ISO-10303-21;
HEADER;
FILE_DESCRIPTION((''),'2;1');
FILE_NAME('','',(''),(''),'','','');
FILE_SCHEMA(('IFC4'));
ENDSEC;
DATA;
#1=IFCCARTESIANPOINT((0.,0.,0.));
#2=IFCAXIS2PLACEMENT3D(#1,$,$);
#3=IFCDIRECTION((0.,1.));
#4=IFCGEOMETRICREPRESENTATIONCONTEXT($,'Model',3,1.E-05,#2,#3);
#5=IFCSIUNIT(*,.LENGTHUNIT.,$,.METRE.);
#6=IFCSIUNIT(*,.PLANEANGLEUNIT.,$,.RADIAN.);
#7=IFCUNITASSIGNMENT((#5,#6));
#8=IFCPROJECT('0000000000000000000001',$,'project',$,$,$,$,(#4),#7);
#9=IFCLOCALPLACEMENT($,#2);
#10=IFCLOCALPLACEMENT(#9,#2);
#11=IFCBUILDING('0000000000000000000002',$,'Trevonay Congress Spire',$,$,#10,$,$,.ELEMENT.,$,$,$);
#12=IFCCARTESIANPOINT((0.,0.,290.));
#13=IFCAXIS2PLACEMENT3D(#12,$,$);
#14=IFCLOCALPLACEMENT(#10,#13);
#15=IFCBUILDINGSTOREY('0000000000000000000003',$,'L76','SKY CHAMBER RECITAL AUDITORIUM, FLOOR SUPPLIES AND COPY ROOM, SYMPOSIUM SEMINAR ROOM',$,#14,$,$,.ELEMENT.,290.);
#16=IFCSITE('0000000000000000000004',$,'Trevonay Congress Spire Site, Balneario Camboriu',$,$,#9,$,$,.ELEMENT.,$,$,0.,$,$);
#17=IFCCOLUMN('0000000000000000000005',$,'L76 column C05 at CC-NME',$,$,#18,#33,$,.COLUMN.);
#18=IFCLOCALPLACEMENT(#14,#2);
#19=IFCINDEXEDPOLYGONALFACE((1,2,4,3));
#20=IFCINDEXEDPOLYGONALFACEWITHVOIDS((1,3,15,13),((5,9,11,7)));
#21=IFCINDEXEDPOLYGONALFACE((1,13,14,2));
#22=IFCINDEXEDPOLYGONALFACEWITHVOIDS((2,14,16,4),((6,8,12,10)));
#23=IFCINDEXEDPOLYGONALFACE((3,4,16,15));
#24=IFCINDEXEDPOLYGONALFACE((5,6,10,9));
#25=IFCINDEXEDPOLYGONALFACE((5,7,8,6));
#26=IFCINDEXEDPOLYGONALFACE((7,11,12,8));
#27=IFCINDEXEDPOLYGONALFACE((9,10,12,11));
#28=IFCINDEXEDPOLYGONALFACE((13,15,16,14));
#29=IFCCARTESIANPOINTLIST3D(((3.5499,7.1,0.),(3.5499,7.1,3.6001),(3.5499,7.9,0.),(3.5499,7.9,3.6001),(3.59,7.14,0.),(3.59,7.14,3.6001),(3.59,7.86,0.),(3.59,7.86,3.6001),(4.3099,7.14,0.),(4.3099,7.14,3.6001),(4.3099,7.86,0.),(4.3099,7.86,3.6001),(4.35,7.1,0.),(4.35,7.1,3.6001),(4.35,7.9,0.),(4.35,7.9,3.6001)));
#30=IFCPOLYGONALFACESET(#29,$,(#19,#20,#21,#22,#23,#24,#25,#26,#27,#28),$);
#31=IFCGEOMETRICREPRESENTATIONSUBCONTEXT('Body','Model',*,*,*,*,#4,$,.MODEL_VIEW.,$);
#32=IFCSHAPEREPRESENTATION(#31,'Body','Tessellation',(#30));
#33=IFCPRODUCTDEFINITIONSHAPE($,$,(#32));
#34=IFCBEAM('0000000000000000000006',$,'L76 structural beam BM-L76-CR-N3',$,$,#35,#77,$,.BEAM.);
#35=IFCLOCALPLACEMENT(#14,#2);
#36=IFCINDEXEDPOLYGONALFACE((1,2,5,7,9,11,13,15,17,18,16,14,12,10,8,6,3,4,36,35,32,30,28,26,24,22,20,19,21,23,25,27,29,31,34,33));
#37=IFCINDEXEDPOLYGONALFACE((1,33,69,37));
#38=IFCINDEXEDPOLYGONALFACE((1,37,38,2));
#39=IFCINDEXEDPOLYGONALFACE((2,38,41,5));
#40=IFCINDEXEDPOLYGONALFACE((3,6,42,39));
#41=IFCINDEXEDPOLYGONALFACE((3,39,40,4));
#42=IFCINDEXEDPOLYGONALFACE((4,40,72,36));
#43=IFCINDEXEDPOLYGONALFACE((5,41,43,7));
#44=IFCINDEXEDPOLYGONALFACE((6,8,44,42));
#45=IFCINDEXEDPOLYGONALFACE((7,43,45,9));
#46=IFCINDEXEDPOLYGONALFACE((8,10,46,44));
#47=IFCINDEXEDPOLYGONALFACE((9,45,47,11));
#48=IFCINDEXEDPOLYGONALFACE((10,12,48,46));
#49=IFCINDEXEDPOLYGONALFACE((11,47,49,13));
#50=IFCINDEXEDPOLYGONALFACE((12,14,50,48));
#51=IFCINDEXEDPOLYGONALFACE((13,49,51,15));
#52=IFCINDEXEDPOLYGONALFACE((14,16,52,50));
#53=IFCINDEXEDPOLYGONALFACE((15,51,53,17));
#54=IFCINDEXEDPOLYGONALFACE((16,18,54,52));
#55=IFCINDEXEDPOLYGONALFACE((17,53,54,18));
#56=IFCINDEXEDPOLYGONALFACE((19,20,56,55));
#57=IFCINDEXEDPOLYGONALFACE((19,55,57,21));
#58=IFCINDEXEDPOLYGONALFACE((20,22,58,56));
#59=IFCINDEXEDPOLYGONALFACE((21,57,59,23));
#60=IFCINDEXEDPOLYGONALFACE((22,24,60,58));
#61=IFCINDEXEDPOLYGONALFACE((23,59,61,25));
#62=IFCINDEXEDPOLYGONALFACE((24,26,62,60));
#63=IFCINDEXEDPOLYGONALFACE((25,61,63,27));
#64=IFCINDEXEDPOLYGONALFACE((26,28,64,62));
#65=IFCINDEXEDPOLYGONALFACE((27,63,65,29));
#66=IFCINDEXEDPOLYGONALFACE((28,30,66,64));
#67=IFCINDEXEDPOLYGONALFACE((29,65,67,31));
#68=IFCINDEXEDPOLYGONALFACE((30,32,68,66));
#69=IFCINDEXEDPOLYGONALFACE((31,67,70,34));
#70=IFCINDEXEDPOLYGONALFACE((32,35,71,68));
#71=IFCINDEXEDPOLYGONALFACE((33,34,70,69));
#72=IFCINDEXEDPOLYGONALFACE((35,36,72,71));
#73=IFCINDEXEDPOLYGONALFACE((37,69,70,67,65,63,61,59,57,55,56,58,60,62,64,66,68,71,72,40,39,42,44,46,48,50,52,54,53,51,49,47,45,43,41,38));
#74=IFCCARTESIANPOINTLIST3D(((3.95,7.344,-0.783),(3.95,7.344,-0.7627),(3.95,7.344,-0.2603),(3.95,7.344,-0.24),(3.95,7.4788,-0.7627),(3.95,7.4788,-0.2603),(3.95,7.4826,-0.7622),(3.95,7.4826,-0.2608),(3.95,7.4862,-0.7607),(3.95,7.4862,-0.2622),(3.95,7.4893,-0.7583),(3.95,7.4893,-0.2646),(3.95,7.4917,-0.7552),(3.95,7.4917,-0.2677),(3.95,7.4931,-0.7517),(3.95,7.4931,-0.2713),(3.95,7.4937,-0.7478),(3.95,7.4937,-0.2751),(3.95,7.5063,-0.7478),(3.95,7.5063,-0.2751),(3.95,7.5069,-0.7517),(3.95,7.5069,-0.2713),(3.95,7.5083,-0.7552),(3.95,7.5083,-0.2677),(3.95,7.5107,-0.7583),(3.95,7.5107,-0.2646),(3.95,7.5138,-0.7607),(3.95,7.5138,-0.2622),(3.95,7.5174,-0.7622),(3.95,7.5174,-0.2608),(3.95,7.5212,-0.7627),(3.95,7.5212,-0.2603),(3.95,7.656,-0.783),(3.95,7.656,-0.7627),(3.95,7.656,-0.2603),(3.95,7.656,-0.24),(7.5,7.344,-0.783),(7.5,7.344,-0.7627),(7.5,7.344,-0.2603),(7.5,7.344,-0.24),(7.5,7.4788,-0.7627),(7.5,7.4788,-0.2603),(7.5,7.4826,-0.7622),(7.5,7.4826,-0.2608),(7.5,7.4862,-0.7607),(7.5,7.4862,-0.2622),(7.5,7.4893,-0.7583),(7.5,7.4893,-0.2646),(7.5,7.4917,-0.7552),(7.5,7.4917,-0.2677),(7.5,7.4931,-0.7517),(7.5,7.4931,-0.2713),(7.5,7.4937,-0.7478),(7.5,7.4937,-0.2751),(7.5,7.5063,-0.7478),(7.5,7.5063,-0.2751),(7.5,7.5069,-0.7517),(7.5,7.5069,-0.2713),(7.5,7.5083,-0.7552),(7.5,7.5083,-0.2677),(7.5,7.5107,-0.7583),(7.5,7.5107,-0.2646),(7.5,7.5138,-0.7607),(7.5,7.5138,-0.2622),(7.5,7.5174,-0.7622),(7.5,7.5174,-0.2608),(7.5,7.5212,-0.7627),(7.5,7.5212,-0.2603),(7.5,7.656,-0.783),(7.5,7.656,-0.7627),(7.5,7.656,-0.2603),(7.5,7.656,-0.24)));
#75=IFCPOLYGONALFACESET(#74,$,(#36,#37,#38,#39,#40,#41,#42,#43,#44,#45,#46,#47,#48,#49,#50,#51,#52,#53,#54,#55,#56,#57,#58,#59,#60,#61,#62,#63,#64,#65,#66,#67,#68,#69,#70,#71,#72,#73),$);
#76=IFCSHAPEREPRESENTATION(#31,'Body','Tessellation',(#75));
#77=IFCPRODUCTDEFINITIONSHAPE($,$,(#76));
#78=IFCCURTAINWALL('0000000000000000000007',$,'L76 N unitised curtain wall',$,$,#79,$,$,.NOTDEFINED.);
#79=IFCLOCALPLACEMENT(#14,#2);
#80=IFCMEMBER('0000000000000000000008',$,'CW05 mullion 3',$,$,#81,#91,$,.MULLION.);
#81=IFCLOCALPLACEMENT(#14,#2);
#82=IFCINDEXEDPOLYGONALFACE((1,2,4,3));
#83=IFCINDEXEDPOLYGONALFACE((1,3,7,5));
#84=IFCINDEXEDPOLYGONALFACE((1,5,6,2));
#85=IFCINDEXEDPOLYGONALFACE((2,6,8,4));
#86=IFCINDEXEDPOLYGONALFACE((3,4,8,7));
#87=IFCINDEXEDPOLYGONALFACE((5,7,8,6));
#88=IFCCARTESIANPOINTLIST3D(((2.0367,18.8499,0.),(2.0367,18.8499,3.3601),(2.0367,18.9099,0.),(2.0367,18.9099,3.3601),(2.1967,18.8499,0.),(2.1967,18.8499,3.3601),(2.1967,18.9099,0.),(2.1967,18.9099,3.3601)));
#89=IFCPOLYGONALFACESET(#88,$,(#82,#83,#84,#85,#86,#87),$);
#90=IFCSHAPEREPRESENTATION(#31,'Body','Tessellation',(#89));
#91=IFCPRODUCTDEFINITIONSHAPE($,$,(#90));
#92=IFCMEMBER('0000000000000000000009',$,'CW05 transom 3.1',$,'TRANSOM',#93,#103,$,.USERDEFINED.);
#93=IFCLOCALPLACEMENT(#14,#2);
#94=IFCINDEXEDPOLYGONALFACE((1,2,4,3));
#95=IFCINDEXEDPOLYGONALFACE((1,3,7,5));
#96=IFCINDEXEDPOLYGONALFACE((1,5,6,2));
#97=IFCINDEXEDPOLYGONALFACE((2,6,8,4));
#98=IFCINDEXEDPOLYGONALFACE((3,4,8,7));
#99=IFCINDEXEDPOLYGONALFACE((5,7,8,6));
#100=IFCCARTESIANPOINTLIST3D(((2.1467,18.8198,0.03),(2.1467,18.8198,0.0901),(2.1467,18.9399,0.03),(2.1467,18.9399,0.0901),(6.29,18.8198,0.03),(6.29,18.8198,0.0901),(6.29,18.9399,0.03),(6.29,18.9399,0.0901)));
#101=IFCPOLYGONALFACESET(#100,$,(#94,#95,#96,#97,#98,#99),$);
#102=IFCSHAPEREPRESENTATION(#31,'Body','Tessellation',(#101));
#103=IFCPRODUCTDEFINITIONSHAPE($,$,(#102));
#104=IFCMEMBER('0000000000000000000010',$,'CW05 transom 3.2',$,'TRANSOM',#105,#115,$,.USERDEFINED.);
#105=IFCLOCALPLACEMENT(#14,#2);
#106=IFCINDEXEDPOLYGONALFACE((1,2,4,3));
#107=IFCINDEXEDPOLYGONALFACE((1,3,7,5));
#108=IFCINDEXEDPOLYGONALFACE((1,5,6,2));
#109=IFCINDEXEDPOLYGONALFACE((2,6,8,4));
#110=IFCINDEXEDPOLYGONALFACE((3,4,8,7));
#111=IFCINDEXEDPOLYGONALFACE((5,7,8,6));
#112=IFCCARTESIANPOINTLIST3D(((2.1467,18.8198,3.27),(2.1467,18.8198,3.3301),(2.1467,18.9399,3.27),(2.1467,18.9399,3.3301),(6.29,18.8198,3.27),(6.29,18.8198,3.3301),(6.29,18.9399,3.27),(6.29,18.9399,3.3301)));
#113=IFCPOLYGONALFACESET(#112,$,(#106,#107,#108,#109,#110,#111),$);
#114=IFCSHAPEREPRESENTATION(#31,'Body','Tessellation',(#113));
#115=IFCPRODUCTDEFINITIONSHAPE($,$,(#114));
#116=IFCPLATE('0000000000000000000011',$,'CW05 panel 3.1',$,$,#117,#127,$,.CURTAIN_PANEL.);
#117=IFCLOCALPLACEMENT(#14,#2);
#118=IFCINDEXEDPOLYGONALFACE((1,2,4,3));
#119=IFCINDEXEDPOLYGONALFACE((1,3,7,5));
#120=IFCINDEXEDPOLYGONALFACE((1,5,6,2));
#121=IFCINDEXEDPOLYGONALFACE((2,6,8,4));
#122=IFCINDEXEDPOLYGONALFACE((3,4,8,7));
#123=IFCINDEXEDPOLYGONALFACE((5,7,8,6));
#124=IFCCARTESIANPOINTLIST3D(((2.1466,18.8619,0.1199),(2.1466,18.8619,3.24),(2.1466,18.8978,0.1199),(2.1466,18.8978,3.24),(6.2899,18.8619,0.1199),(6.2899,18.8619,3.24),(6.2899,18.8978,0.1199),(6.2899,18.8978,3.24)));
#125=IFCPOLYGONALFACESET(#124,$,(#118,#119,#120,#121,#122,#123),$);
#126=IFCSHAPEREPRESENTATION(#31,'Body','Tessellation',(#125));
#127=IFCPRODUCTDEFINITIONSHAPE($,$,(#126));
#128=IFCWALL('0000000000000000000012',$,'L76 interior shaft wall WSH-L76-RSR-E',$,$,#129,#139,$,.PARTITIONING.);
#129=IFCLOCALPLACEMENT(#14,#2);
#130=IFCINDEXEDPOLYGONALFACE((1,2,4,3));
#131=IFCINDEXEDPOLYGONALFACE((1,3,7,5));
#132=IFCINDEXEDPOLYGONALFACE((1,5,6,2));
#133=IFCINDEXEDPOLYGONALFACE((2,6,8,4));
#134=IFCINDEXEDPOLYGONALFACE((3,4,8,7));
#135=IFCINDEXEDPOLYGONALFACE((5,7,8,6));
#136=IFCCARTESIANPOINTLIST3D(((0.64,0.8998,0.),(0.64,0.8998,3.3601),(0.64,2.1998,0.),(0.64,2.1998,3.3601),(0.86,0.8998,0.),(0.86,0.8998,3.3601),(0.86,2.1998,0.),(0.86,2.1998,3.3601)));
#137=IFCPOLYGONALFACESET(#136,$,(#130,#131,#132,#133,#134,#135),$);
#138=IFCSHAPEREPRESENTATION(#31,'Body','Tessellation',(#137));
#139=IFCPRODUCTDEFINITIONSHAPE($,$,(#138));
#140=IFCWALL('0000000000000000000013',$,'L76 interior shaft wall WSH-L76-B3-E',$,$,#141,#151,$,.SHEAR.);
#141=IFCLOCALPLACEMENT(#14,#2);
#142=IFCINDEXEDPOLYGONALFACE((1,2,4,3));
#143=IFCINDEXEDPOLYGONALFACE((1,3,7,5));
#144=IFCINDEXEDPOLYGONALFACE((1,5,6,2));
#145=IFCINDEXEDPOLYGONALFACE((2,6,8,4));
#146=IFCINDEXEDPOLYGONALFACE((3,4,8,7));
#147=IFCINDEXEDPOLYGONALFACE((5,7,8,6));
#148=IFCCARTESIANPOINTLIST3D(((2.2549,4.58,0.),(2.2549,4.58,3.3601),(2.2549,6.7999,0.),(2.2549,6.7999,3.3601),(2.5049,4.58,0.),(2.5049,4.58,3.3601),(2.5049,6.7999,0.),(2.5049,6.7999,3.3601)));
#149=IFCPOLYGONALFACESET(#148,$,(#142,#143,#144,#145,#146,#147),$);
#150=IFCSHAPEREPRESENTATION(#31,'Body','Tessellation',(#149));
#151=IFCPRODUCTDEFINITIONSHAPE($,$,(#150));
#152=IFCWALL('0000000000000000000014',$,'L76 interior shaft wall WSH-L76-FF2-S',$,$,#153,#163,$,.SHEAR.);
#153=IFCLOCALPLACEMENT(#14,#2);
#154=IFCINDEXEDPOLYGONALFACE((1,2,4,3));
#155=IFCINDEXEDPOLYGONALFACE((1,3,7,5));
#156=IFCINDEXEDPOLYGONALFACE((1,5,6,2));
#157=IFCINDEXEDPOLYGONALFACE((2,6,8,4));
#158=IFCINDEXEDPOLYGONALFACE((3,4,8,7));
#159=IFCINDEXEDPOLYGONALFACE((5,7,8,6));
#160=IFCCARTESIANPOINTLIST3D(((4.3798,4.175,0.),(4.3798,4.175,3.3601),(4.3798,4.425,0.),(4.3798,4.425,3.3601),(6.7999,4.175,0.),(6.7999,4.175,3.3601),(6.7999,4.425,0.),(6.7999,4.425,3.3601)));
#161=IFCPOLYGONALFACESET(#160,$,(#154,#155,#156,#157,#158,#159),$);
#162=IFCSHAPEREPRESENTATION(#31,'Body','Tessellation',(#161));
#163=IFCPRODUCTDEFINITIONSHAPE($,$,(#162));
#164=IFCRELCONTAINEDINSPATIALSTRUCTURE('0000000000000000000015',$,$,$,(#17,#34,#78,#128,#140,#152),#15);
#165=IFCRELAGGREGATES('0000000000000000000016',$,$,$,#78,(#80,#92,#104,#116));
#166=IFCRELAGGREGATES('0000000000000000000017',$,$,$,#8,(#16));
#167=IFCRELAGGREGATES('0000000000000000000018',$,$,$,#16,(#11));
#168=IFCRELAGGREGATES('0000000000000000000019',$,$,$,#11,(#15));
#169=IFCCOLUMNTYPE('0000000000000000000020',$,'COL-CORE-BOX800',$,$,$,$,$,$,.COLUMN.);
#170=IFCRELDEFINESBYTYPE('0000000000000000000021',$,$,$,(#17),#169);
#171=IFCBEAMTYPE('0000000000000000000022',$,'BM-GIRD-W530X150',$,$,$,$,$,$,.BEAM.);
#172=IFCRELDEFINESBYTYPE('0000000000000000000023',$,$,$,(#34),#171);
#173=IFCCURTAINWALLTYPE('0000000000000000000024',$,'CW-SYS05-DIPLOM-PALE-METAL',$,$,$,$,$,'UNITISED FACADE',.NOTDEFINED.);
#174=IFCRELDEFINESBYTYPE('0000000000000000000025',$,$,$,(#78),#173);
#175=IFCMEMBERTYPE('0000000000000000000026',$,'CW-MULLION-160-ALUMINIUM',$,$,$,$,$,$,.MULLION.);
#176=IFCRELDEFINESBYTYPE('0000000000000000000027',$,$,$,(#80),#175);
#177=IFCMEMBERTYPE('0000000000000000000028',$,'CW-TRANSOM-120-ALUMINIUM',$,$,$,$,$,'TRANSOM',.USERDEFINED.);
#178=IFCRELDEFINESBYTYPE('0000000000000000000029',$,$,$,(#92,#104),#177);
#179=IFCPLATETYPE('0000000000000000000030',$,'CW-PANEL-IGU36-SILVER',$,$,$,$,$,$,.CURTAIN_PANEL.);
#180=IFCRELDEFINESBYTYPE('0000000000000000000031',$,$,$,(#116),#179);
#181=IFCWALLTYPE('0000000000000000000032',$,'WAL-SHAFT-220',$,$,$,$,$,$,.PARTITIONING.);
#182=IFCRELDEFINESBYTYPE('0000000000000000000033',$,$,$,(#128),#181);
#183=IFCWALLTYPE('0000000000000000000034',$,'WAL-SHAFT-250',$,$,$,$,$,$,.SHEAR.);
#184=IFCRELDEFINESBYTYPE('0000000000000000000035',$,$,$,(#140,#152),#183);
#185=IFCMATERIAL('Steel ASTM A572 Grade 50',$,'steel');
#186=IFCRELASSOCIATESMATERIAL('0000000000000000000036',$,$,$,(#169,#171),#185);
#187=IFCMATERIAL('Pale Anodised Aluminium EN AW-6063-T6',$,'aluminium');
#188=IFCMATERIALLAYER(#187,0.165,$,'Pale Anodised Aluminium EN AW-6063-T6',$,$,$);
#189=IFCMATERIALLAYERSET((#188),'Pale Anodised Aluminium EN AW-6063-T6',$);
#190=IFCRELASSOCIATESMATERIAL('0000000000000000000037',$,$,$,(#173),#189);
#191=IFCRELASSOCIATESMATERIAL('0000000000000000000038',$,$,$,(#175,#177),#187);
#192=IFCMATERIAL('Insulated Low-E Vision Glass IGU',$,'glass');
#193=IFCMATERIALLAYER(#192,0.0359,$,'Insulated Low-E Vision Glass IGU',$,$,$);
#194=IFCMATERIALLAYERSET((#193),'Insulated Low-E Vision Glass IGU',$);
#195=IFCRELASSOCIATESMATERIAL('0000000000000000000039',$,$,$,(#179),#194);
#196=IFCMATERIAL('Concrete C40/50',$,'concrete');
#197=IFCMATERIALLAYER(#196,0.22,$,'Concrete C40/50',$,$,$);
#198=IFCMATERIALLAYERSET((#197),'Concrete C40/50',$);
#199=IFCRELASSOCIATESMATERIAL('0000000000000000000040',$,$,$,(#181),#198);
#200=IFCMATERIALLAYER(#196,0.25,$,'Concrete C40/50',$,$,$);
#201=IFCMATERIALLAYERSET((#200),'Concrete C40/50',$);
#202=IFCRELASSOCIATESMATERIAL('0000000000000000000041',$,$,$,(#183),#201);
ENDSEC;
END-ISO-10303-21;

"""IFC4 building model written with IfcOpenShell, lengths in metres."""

from ifc_helpers import new_model, si_unit, direction, frame, frame_2d, origin, origin_2d, place, context, subcontext, project, spatial, rectangle, hollow_rectangle, i_section, extrude, material, layer, layer_set, material_profile, profile_set, type_object, element, aggregate, save


model = new_model("IFC4")

# Units and contexts
model_context = context("Model", 3, precision=1e-05, world=origin(), true_north=direction((0.0, 1.0)))
body_context = subcontext(model_context, "Body", "Model", "MODEL_VIEW")
ifc_project = project(units=[si_unit("LENGTHUNIT", "METRE"), si_unit("PLANEANGLEUNIT", "RADIAN")], contexts=[model_context])

# Site, building, storey
site_placement = place(None, origin())
site = spatial("IfcSite", under=ifc_project, at=site_placement, Name="Trevonay Congress Spire Site, Balneario Camboriu", CompositionType="ELEMENT", RefElevation=0.0)
building_placement = place(site_placement, origin())
building = spatial("IfcBuilding", under=site, at=building_placement, Name="Trevonay Congress Spire", CompositionType="ELEMENT")
storey_placement = place(building_placement, frame((0.0, 0.0, 290.0)))
storey = spatial("IfcBuildingStorey", under=building, at=storey_placement, Name="L76", Description="SKY CHAMBER RECITAL AUDITORIUM, FLOOR SUPPLIES AND COPY ROOM, SYMPOSIUM SEMINAR ROOM", CompositionType="ELEMENT", Elevation=290.0)

# Column
ifc_material_1 = material(Name="Steel ASTM A572 Grade 50", Category="steel")
ifc_material_profile_1 = material_profile(ifc_material_1, hollow_rectangle(XDim=0.8, YDim=0.8, WallThickness=0.04, at=origin_2d()), Name="BOX 800x800x40")
ifc_profile_set_1 = profile_set([ifc_material_profile_1], Name="Steel ASTM A572 Grade 50")
column_type = type_object("IfcColumnType", Name="COL-CORE-BOX800", PredefinedType="COLUMN", material=ifc_profile_set_1)
column_placement = place(storey_placement, frame((3.95, 7.5, 0.0), z_axis=(0.0, 0.0, 1.0), x_axis=(1.0, 0.0, 0.0)))
element("IfcColumn", 1, at=column_placement, inside=storey, type_object=column_type, Name="L76 column C05 at CC-NME", PredefinedType="COLUMN", context=body_context, shape_type="SweptSolid", body=[
    extrude(hollow_rectangle(XDim=0.8, YDim=0.8, WallThickness=0.04, at=origin_2d()), origin(), (0.0, 0.0, 1.0), 3.6001),
])

# Beam
ifc_material_profile_2 = material_profile(ifc_material_1, i_section(OverallWidth=0.312, OverallDepth=0.543, WebThickness=0.0127, FlangeThickness=0.0203, FilletRadius=0.0149, at=origin_2d()), Name="W530x150")
ifc_profile_set_2 = profile_set([ifc_material_profile_2], Name="Steel ASTM A572 Grade 50")
beam_type = type_object("IfcBeamType", Name="BM-GIRD-W530X150", PredefinedType="BEAM", material=ifc_profile_set_2)
beam_placement = place(storey_placement, frame((3.95, 7.5, -0.5115), z_axis=(1.0, 0.0, 0.0), x_axis=(0.0, 1.0, 0.0)))
element("IfcBeam", 2, at=beam_placement, inside=storey, type_object=beam_type, Name="L76 structural beam BM-L76-CR-N3", PredefinedType="BEAM", context=body_context, shape_type="SweptSolid", body=[
    extrude(i_section(OverallWidth=0.312, OverallDepth=0.543, WebThickness=0.0127, FlangeThickness=0.0203, FilletRadius=0.0149, at=origin_2d()), origin(), (0.0, 0.0, 1.0), 3.55),
])

# Curtain wall, members, plate
ifc_material_2 = material(Name="Pale Anodised Aluminium EN AW-6063-T6", Category="aluminium")
ifc_layer_1 = layer(ifc_material_2, 0.165, Name="Pale Anodised Aluminium EN AW-6063-T6")
ifc_layer_set_1 = layer_set([ifc_layer_1], Name="Pale Anodised Aluminium EN AW-6063-T6")
curtain_wall_type = type_object("IfcCurtainWallType", Name="CW-SYS05-DIPLOM-PALE-METAL", ElementType="UNITISED FACADE", PredefinedType="NOTDEFINED", material=ifc_layer_set_1)
curtain_wall_placement = place(storey_placement, origin())
curtain_wall = element("IfcCurtainWall", 3, at=curtain_wall_placement, inside=storey, type_object=curtain_wall_type, Name="L76 N unitised curtain wall", PredefinedType="NOTDEFINED")
ifc_material_profile_3 = material_profile(ifc_material_2, rectangle(XDim=0.0601, YDim=0.1599, at=origin_2d()), Name="CW-MULLION-160-ALUMINIUM")
ifc_profile_set_3 = profile_set([ifc_material_profile_3], Name="Pale Anodised Aluminium EN AW-6063-T6")
member_type_1 = type_object("IfcMemberType", Name="CW-MULLION-160-ALUMINIUM", PredefinedType="MULLION", material=ifc_profile_set_3)
member_1_placement = place(storey_placement, frame((2.1167, 18.8799, 0.0), z_axis=(0.0, 0.0, 1.0), x_axis=(0.0, 1.0, 0.0)))
member_1 = element("IfcMember", 4, at=member_1_placement, type_object=member_type_1, Name="CW05 mullion 3", PredefinedType="MULLION", context=body_context, shape_type="SweptSolid", body=[
    extrude(rectangle(XDim=0.0601, YDim=0.1599, at=origin_2d()), origin(), (0.0, 0.0, 1.0), 3.3601),
])
ifc_material_profile_4 = material_profile(ifc_material_2, rectangle(XDim=0.1201, YDim=0.0601, at=origin_2d()), Name="CW-TRANSOM-120-ALUMINIUM")
ifc_profile_set_4 = profile_set([ifc_material_profile_4], Name="Pale Anodised Aluminium EN AW-6063-T6")
member_type_2 = type_object("IfcMemberType", Name="CW-TRANSOM-120-ALUMINIUM", ElementType="TRANSOM", PredefinedType="USERDEFINED", material=ifc_profile_set_4)
member_2_placement = place(storey_placement, frame((2.1467, 18.8799, 0.0601), z_axis=(1.0, 0.0, 0.0), x_axis=(0.0, 1.0, 0.0)))
member_2 = element("IfcMember", 5, at=member_2_placement, type_object=member_type_2, Name="CW05 transom 3.1", ObjectType="TRANSOM", PredefinedType="USERDEFINED", context=body_context, shape_type="SweptSolid", body=[
    extrude(rectangle(XDim=0.1201, YDim=0.0601, at=origin_2d()), origin(), (0.0, 0.0, 1.0), 4.1433),
])
member_3_placement = place(storey_placement, frame((2.1467, 18.8799, 3.3), z_axis=(1.0, 0.0, 0.0), x_axis=(0.0, 1.0, 0.0)))
member_3 = element("IfcMember", 6, at=member_3_placement, type_object=member_type_2, Name="CW05 transom 3.2", ObjectType="TRANSOM", PredefinedType="USERDEFINED", context=body_context, shape_type="SweptSolid", body=[
    extrude(rectangle(XDim=0.1201, YDim=0.0601, at=origin_2d()), origin(), (0.0, 0.0, 1.0), 4.1433),
])
ifc_material_3 = material(Name="Insulated Low-E Vision Glass IGU", Category="glass")
ifc_layer_2 = layer(ifc_material_3, 0.0359, Name="Insulated Low-E Vision Glass IGU")
ifc_layer_set_2 = layer_set([ifc_layer_2], Name="Insulated Low-E Vision Glass IGU")
plate_type = type_object("IfcPlateType", Name="CW-PANEL-IGU36-SILVER", PredefinedType="CURTAIN_PANEL", material=ifc_layer_set_2)
plate_placement = place(storey_placement, frame((4.2183, 18.8799, 0.1199), z_axis=(0.0, 0.0, 1.0), x_axis=(1.0, 0.0, 0.0)))
plate = element("IfcPlate", 7, at=plate_placement, type_object=plate_type, Name="CW05 panel 3.1", PredefinedType="CURTAIN_PANEL", context=body_context, shape_type="SweptSolid", body=[
    extrude(rectangle(XDim=4.1433, YDim=0.0359, at=origin_2d()), origin(), (0.0, 0.0, 1.0), 3.1201),
])
aggregate(curtain_wall, [member_1, member_2, member_3, plate])

# Walls
ifc_material_4 = material(Name="Concrete C40/50", Category="concrete")
ifc_layer_3 = layer(ifc_material_4, 0.22, Name="Concrete C40/50")
ifc_layer_set_3 = layer_set([ifc_layer_3], Name="Concrete C40/50")
wall_type_1 = type_object("IfcWallType", Name="WAL-SHAFT-220", PredefinedType="PARTITIONING", material=ifc_layer_set_3)
wall_1_placement = place(storey_placement, frame((0.75, 0.8999, 0.0), z_axis=(0.0, 0.0, 1.0), x_axis=(0.0, 1.0, 0.0)))
element("IfcWall", 8, at=wall_1_placement, inside=storey, type_object=wall_type_1, Name="L76 interior shaft wall WSH-L76-RSR-E", PredefinedType="PARTITIONING", context=body_context, shape_type="SweptSolid", body=[
    extrude(rectangle(XDim=1.3, YDim=0.22, at=frame_2d((0.6499, 0.0))), origin(), (0.0, 0.0, 1.0), 3.3601),
])
ifc_layer_4 = layer(ifc_material_4, 0.25, Name="Concrete C40/50")
ifc_layer_set_4 = layer_set([ifc_layer_4], Name="Concrete C40/50")
wall_type_2 = type_object("IfcWallType", Name="WAL-SHAFT-250", PredefinedType="SHEAR", material=ifc_layer_set_4)
wall_2_placement = place(storey_placement, frame((2.3799, 4.5801, 0.0), z_axis=(0.0, 0.0, 1.0), x_axis=(0.0, 1.0, 0.0)))
element("IfcWall", 9, at=wall_2_placement, inside=storey, type_object=wall_type_2, Name="L76 interior shaft wall WSH-L76-B3-E", PredefinedType="SHEAR", context=body_context, shape_type="SweptSolid", body=[
    extrude(rectangle(XDim=2.22, YDim=0.25, at=frame_2d((1.1099, 0.0))), origin(), (0.0, 0.0, 1.0), 3.3601),
])
wall_3_placement = place(storey_placement, frame((4.3799, 4.3, 0.0), z_axis=(0.0, 0.0, 1.0), x_axis=(1.0, 0.0, 0.0)))
element("IfcWall", 10, at=wall_3_placement, inside=storey, type_object=wall_type_2, Name="L76 interior shaft wall WSH-L76-FF2-S", PredefinedType="SHEAR", context=body_context, shape_type="SweptSolid", body=[
    extrude(rectangle(XDim=2.4202, YDim=0.25, at=frame_2d((1.21, 0.0))), origin(), (0.0, 0.0, 1.0), 3.3601),
])

save(model, "model.ifc")
